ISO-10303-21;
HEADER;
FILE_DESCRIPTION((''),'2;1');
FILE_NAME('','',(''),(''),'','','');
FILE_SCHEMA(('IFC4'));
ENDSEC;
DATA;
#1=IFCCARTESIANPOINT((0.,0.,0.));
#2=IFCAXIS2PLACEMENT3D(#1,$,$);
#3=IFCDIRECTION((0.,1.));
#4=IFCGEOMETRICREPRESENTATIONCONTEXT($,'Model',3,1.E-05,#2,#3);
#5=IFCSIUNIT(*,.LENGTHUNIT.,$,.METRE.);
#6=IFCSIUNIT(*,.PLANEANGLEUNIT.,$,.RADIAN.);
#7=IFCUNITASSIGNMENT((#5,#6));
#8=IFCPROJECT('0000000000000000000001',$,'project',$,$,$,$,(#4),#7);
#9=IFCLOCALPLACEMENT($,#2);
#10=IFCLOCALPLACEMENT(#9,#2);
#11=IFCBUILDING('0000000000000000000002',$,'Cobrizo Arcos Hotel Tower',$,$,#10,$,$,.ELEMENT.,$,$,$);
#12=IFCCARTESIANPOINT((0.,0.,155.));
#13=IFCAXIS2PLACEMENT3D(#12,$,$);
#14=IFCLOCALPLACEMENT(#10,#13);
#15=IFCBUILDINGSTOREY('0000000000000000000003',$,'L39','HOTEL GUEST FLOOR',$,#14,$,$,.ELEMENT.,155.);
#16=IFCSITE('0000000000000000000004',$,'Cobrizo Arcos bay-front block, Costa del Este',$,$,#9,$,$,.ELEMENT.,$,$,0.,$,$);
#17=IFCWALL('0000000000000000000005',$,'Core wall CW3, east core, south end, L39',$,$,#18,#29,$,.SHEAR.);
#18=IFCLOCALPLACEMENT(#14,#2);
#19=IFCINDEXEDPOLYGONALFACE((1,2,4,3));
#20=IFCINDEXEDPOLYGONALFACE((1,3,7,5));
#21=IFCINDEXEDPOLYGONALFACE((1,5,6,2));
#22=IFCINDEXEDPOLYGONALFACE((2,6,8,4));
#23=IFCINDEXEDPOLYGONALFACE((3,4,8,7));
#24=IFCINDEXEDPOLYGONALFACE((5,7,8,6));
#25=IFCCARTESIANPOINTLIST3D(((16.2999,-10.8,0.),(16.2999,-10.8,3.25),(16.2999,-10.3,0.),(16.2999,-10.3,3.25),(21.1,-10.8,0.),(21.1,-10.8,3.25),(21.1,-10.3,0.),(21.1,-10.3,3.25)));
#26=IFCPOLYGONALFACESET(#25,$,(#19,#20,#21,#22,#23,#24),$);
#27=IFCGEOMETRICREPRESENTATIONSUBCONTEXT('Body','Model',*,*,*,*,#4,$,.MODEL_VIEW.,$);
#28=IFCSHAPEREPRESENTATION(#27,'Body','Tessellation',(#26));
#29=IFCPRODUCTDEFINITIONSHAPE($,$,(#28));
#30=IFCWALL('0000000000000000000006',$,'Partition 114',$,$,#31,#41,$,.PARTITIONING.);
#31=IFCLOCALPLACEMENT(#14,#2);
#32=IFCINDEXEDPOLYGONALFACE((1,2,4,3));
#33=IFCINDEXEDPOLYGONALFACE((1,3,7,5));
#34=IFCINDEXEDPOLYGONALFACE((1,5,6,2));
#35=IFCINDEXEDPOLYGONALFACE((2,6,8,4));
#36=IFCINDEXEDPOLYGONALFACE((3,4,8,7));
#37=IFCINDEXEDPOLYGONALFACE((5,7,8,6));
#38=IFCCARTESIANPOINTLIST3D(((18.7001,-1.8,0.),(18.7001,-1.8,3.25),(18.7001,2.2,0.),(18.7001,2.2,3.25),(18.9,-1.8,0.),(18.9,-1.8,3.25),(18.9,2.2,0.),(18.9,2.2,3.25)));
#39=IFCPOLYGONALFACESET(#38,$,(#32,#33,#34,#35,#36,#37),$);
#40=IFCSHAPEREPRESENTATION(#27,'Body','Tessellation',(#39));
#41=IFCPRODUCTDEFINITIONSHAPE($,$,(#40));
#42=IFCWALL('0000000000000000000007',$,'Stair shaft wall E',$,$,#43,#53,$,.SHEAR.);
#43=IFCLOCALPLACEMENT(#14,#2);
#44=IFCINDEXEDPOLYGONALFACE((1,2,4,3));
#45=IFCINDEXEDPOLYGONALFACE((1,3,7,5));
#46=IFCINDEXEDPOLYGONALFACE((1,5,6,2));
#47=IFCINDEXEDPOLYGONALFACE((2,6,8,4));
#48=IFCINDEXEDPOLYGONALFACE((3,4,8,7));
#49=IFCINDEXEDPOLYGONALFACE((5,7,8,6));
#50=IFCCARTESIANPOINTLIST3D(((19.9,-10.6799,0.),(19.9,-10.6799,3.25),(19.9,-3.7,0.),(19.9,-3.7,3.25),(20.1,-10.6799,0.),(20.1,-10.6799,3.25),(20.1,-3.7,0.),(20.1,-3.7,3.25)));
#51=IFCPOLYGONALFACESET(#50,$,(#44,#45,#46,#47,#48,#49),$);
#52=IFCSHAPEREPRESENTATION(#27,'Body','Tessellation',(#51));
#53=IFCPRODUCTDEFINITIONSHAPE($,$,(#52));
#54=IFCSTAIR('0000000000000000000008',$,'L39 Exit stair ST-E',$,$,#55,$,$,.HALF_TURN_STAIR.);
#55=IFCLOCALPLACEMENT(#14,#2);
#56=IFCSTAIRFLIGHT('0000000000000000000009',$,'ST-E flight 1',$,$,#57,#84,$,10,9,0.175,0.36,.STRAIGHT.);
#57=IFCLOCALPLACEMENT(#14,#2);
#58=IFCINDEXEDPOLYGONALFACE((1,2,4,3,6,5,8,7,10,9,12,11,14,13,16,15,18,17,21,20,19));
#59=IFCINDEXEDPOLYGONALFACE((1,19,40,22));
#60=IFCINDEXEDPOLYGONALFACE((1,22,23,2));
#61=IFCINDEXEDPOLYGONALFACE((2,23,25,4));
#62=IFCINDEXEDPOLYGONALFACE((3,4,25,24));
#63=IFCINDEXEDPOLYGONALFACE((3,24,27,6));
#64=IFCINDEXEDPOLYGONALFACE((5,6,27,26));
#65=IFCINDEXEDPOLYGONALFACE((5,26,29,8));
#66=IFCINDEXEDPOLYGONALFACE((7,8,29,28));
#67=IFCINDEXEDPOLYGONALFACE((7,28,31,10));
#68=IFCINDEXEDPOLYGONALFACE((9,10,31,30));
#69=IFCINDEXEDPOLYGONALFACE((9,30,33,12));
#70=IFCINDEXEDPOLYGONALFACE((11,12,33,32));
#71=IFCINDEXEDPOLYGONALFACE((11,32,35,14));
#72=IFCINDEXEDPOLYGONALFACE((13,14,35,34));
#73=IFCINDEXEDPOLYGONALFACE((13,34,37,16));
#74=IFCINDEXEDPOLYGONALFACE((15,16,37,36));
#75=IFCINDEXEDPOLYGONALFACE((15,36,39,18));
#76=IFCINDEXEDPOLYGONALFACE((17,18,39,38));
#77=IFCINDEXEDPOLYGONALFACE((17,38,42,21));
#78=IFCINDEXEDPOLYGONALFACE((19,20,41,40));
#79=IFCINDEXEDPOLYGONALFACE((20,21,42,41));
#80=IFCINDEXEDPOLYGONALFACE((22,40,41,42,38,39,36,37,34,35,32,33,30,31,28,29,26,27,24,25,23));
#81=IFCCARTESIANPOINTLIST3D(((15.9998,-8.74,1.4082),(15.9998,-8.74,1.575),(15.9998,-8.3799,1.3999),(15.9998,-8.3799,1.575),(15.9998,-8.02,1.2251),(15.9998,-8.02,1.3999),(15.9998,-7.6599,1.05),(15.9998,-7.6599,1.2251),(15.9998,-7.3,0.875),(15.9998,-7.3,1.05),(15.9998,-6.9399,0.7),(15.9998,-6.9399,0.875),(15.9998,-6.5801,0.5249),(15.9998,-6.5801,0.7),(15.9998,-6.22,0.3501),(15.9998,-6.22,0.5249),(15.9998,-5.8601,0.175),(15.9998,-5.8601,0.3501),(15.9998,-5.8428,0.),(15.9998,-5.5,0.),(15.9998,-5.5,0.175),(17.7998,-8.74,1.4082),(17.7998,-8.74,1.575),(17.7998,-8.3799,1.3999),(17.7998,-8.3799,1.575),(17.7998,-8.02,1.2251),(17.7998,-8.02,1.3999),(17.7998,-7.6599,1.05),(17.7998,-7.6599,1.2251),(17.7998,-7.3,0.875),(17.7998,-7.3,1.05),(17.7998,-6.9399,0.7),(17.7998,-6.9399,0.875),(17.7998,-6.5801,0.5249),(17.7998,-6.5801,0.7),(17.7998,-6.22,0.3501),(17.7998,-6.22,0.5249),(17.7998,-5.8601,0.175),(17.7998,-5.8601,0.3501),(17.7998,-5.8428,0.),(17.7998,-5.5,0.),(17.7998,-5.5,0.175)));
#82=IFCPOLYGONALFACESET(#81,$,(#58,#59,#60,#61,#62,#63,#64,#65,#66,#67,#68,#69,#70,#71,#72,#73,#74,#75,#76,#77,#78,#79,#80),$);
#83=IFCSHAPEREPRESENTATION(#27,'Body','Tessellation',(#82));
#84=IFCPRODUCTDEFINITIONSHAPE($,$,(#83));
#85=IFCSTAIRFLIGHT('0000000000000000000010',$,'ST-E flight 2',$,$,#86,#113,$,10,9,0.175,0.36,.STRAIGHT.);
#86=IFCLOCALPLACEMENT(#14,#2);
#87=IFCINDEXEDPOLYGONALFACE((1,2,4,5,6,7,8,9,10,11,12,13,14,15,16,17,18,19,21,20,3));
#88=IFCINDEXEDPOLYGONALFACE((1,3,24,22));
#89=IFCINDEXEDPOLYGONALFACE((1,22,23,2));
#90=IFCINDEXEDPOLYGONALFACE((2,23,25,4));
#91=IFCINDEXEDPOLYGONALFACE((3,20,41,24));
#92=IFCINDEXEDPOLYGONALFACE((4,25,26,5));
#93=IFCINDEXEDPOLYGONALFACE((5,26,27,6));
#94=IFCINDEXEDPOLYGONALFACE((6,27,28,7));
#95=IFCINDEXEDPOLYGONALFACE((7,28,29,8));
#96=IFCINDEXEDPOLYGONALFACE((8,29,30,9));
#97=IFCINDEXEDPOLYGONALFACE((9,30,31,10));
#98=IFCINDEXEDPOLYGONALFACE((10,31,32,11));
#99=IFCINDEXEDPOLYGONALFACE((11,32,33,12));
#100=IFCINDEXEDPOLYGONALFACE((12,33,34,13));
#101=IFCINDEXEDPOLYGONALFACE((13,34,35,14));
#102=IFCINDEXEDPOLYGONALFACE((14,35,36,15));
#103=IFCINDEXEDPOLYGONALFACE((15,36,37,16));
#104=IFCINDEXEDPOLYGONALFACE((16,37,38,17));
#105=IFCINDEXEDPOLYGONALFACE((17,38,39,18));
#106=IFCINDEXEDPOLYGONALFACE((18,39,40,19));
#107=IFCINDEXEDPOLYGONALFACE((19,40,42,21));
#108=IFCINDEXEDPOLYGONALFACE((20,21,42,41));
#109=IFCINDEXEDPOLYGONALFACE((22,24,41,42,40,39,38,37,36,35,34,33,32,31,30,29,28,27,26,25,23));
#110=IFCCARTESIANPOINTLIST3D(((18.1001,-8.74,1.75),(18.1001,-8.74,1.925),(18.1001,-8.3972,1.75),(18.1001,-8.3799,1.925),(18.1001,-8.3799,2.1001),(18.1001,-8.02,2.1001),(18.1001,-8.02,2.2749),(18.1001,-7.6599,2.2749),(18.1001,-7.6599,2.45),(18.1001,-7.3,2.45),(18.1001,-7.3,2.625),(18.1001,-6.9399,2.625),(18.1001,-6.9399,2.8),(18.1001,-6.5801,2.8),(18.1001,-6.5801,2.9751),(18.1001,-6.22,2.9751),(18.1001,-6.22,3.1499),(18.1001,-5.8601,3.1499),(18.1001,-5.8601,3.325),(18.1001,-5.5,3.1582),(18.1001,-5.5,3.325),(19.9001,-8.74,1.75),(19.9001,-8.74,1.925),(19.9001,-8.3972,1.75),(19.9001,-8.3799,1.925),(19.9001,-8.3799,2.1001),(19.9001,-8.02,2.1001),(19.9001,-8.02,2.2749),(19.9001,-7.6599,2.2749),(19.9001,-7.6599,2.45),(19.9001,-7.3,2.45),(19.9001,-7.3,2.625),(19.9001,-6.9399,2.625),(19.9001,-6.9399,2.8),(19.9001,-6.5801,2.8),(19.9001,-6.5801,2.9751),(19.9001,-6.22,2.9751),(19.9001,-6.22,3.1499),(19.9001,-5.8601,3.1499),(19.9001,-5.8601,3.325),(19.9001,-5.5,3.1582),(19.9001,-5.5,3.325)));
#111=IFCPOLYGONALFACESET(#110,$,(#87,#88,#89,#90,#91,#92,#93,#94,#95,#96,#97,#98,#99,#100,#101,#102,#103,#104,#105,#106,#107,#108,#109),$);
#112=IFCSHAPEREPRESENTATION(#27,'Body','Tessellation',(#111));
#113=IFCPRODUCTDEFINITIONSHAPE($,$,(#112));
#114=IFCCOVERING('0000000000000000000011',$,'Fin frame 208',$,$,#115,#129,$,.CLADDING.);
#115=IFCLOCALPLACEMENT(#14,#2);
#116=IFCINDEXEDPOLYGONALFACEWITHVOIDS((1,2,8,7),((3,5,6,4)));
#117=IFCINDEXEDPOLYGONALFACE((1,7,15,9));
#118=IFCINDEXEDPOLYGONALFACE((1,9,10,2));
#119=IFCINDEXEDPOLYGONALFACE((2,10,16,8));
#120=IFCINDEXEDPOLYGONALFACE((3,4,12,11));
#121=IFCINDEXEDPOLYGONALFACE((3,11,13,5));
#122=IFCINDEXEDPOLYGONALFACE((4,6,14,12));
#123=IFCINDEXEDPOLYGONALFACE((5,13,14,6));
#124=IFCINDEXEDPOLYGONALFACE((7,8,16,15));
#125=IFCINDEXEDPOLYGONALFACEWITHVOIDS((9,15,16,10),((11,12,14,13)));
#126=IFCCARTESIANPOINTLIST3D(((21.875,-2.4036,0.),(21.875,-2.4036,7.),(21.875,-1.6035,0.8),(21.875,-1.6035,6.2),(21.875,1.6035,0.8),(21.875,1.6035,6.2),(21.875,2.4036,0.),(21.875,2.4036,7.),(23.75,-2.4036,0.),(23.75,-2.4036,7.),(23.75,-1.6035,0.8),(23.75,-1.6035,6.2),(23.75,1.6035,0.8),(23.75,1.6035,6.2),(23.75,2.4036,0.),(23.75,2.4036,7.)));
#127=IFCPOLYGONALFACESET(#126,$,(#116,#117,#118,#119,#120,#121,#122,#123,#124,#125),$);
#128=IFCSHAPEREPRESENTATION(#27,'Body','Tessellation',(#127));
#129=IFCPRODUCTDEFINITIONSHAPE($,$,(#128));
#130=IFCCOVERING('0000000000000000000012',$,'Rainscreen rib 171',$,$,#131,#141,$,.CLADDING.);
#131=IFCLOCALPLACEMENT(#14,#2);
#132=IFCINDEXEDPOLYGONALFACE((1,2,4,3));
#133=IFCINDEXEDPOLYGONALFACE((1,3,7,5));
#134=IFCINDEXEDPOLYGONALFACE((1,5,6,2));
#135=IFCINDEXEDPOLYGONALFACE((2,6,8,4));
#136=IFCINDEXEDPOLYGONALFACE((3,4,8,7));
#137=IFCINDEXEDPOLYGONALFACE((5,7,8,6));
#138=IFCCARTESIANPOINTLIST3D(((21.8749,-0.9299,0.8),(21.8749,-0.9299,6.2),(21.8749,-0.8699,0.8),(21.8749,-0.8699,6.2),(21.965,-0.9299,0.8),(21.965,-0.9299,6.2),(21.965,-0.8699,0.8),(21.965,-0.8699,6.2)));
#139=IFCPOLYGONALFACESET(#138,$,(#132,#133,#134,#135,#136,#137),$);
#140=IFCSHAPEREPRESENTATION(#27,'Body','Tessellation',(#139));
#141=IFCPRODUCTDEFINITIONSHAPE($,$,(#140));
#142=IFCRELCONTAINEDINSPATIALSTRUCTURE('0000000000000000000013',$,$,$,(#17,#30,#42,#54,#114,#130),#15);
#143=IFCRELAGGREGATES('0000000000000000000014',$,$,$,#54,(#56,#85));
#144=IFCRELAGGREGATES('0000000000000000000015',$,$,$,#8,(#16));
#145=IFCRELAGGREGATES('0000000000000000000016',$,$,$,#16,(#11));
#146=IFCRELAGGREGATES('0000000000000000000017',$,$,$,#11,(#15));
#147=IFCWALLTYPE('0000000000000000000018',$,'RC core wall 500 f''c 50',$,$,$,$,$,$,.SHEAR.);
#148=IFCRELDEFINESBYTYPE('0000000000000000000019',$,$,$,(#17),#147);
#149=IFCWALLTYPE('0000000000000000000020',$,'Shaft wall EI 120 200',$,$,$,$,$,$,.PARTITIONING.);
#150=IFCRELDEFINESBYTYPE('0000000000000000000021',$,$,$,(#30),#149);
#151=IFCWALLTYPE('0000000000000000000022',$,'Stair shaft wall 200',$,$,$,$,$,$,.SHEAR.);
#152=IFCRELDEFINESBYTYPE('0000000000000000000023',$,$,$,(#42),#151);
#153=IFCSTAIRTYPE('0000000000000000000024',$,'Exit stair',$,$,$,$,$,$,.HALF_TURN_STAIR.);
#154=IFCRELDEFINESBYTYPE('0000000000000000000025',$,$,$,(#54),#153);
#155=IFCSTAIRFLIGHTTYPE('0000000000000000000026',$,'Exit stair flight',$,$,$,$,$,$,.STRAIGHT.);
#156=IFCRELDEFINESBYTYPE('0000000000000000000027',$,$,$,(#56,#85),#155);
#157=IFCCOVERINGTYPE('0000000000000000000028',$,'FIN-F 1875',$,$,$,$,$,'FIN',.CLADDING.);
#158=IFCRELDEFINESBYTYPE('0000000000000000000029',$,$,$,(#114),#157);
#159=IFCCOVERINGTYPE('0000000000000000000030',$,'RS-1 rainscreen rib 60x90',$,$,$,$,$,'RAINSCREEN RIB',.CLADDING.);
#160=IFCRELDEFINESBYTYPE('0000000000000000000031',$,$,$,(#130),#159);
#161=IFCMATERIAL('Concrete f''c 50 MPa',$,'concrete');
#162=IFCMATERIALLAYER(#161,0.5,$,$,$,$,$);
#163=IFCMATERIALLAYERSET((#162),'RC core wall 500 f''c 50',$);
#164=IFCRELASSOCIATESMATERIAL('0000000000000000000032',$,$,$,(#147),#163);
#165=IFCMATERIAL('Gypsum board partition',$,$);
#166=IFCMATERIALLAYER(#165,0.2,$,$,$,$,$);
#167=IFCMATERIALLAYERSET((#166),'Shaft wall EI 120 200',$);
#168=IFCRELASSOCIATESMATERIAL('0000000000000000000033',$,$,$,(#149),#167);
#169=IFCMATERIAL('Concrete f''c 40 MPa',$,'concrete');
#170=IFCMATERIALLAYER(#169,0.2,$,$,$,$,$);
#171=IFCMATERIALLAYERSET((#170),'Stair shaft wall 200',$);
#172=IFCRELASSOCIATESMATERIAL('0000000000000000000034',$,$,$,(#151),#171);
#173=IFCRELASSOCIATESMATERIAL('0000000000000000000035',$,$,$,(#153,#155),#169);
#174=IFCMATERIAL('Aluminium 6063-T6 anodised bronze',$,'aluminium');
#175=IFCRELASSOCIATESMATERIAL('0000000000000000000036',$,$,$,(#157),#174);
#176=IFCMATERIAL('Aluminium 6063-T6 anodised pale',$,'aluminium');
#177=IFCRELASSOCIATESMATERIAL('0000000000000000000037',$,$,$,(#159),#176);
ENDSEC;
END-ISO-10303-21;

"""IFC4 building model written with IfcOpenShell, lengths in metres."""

from ifc_helpers import new_model, si_unit, direction, frame, frame_2d, origin, origin_2d, place, context, subcontext, project, spatial, polyline, rectangle, outline, extrude, material, layer, layer_set, type_object, element, aggregate, save


model = new_model("IFC4")

# Units and contexts
model_context = context("Model", 3, precision=1e-05, world=origin(), true_north=direction((0.0, 1.0)))
body_context = subcontext(model_context, "Body", "Model", "MODEL_VIEW")
ifc_project = project(units=[si_unit("LENGTHUNIT", "METRE"), si_unit("PLANEANGLEUNIT", "RADIAN")], contexts=[model_context])

# Site, building, storey
site_placement = place(None, origin())
site = spatial("IfcSite", under=ifc_project, at=site_placement, Name="Cobrizo Arcos bay-front block, Costa del Este", CompositionType="ELEMENT", RefElevation=0.0)
building_placement = place(site_placement, origin())
building = spatial("IfcBuilding", under=site, at=building_placement, Name="Cobrizo Arcos Hotel Tower", CompositionType="ELEMENT")
storey_placement = place(building_placement, frame((0.0, 0.0, 155.0)))
storey = spatial("IfcBuildingStorey", under=building, at=storey_placement, Name="L39", Description="HOTEL GUEST FLOOR", CompositionType="ELEMENT", Elevation=155.0)

# Walls
ifc_material_1 = material(Name="Concrete f'c 50 MPa", Category="concrete")
ifc_layer_1 = layer(ifc_material_1, 0.5)
ifc_layer_set_1 = layer_set([ifc_layer_1], Name="RC core wall 500 f'c 50")
wall_type_1 = type_object("IfcWallType", Name="RC core wall 500 f'c 50", PredefinedType="SHEAR", material=ifc_layer_set_1)
wall_1_placement = place(storey_placement, frame((16.3, -10.55, 0.0), z_axis=(0.0, 0.0, 1.0), x_axis=(1.0, 0.0, 0.0)))
element("IfcWall", 1, at=wall_1_placement, inside=storey, type_object=wall_type_1, Name="Core wall CW3, east core, south end, L39", PredefinedType="SHEAR", context=body_context, shape_type="SweptSolid", body=[
    extrude(rectangle(XDim=4.8, YDim=0.5, at=frame_2d((2.3999, 0.0))), origin(), (0.0, 0.0, 1.0), 3.25),
])
ifc_material_2 = material(Name="Gypsum board partition")
ifc_layer_2 = layer(ifc_material_2, 0.2)
ifc_layer_set_2 = layer_set([ifc_layer_2], Name="Shaft wall EI 120 200")
wall_type_2 = type_object("IfcWallType", Name="Shaft wall EI 120 200", PredefinedType="PARTITIONING", material=ifc_layer_set_2)
wall_2_placement = place(storey_placement, frame((18.8, -1.8, 0.0), z_axis=(0.0, 0.0, 1.0), x_axis=(0.0, 1.0, 0.0)))
element("IfcWall", 2, at=wall_2_placement, inside=storey, type_object=wall_type_2, Name="Partition 114", PredefinedType="PARTITIONING", context=body_context, shape_type="SweptSolid", body=[
    extrude(rectangle(XDim=4.0, YDim=0.2, at=frame_2d((2.0, 0.0))), origin(), (0.0, 0.0, 1.0), 3.25),
])
ifc_material_3 = material(Name="Concrete f'c 40 MPa", Category="concrete")
ifc_layer_3 = layer(ifc_material_3, 0.2)
ifc_layer_set_3 = layer_set([ifc_layer_3], Name="Stair shaft wall 200")
wall_type_3 = type_object("IfcWallType", Name="Stair shaft wall 200", PredefinedType="SHEAR", material=ifc_layer_set_3)
wall_3_placement = place(storey_placement, frame((20.0, -10.6799, 0.0), z_axis=(0.0, 0.0, 1.0), x_axis=(0.0, 1.0, 0.0)))
element("IfcWall", 3, at=wall_3_placement, inside=storey, type_object=wall_type_3, Name="Stair shaft wall E", PredefinedType="SHEAR", context=body_context, shape_type="SweptSolid", body=[
    extrude(rectangle(XDim=6.98, YDim=0.2, at=frame_2d((3.49, 0.0))), origin(), (0.0, 0.0, 1.0), 3.25),
])

# Stair, stair flights
stair_type = type_object("IfcStairType", Name="Exit stair", PredefinedType="HALF_TURN_STAIR", material=ifc_material_3)
stair_placement = place(storey_placement, origin())
stair = element("IfcStair", 4, at=stair_placement, inside=storey, type_object=stair_type, Name="L39 Exit stair ST-E", PredefinedType="HALF_TURN_STAIR")
stair_flight_type = type_object("IfcStairFlightType", Name="Exit stair flight", PredefinedType="STRAIGHT", material=ifc_material_3)
stair_flight_1_placement = place(storey_placement, frame((16.8999, -5.5, 0.0), z_axis=(0.0, 0.0, 1.0), x_axis=(0.0, -1.0, 0.0)))
stair_flight_1 = element("IfcStairFlight", 5, at=stair_flight_1_placement, type_object=stair_flight_type, Name="ST-E flight 1", NumberOfRisers=10, NumberOfTreads=9, PredefinedType="STRAIGHT", RiserHeight=0.175, TreadLength=0.36, context=body_context, shape_type="SweptSolid", body=[
    extrude(outline(polyline([(0.0, 0.0), (0.0, 0.175), (0.3601, 0.175), (0.3601, 0.3501), (0.72, 0.3501), (0.72, 0.5249), (1.0801, 0.5249), (1.0801, 0.7), (1.4399, 0.7), (1.4399, 0.875), (1.8, 0.875), (1.8, 1.05), (2.1599, 1.05), (2.1599, 1.2251), (2.52, 1.2251), (2.52, 1.3999), (2.8799, 1.3999), (2.8799, 1.575), (3.24, 1.575), (3.24, 1.75), (3.24, 1.4082), (0.3428, 0.0), (0.0, 0.0)])), frame((0.0, 0.8999, 0.0), z_axis=(0.0, -1.0, 0.0), x_axis=(1.0, 0.0, 0.0)), (0.0, 0.0, 1.0), 1.8),
])
stair_flight_2_placement = place(storey_placement, frame((19.0, -8.74, 1.75), z_axis=(0.0, 0.0, 1.0), x_axis=(0.0, 1.0, 0.0)))
stair_flight_2 = element("IfcStairFlight", 6, at=stair_flight_2_placement, type_object=stair_flight_type, Name="ST-E flight 2", NumberOfRisers=10, NumberOfTreads=9, PredefinedType="STRAIGHT", RiserHeight=0.175, TreadLength=0.36, context=body_context, shape_type="SweptSolid", body=[
    extrude(outline(polyline([(0.0, 0.0), (0.0, 0.175), (0.3601, 0.175), (0.3601, 0.3501), (0.72, 0.3501), (0.72, 0.5249), (1.0801, 0.5249), (1.0801, 0.7), (1.4399, 0.7), (1.4399, 0.875), (1.8, 0.875), (1.8, 1.05), (2.1599, 1.05), (2.1599, 1.2251), (2.52, 1.2251), (2.52, 1.3999), (2.8799, 1.3999), (2.8799, 1.575), (3.24, 1.575), (3.24, 1.75), (3.24, 1.4082), (0.3428, 0.0), (0.0, 0.0)])), frame((0.0, 0.8999, 0.0), z_axis=(0.0, -1.0, 0.0), x_axis=(1.0, 0.0, 0.0)), (0.0, 0.0, 1.0), 1.8),
])
aggregate(stair, [stair_flight_1, stair_flight_2])

# Coverings
ifc_material_4 = material(Name="Aluminium 6063-T6 anodised bronze", Category="aluminium")
covering_type_1 = type_object("IfcCoveringType", Name="FIN-F 1875", ElementType="FIN", PredefinedType="CLADDING", material=ifc_material_4)
covering_1_placement = place(storey_placement, frame((21.875, -2.4036, 0.0), z_axis=(1.0, 0.0, 0.0), x_axis=(0.0, 1.0, 0.0)))
element("IfcCovering", 7, at=covering_1_placement, inside=storey, type_object=covering_type_1, Name="Fin frame 208", PredefinedType="CLADDING", context=body_context, shape_type="SweptSolid", body=[
    extrude(outline(polyline([(0.0, 7.0), (0.0, 0.0), (4.8071, 0.0), (4.8071, 7.0), (0.0, 7.0)]), holes=[polyline([(4.0071, 0.8), (0.8, 0.8), (0.8, 6.2), (4.0071, 6.2), (4.0071, 0.8)])]), origin(), (0.0, 0.0, 1.0), 1.875),
])
ifc_material_5 = material(Name="Aluminium 6063-T6 anodised pale", Category="aluminium")
covering_type_2 = type_object("IfcCoveringType", Name="RS-1 rainscreen rib 60x90", ElementType="RAINSCREEN RIB", PredefinedType="CLADDING", material=ifc_material_5)
covering_2_placement = place(storey_placement, frame((21.9199, -0.8999, 0.8), z_axis=(0.0, 0.0, 1.0), x_axis=(0.0, 1.0, 0.0)))
element("IfcCovering", 8, at=covering_2_placement, inside=storey, type_object=covering_type_2, Name="Rainscreen rib 171", PredefinedType="CLADDING", context=body_context, shape_type="SweptSolid", body=[
    extrude(rectangle(XDim=0.0601, YDim=0.0901, at=origin_2d()), origin(), (0.0, 0.0, 1.0), 5.3999),
])

save(model, "model.ifc")
